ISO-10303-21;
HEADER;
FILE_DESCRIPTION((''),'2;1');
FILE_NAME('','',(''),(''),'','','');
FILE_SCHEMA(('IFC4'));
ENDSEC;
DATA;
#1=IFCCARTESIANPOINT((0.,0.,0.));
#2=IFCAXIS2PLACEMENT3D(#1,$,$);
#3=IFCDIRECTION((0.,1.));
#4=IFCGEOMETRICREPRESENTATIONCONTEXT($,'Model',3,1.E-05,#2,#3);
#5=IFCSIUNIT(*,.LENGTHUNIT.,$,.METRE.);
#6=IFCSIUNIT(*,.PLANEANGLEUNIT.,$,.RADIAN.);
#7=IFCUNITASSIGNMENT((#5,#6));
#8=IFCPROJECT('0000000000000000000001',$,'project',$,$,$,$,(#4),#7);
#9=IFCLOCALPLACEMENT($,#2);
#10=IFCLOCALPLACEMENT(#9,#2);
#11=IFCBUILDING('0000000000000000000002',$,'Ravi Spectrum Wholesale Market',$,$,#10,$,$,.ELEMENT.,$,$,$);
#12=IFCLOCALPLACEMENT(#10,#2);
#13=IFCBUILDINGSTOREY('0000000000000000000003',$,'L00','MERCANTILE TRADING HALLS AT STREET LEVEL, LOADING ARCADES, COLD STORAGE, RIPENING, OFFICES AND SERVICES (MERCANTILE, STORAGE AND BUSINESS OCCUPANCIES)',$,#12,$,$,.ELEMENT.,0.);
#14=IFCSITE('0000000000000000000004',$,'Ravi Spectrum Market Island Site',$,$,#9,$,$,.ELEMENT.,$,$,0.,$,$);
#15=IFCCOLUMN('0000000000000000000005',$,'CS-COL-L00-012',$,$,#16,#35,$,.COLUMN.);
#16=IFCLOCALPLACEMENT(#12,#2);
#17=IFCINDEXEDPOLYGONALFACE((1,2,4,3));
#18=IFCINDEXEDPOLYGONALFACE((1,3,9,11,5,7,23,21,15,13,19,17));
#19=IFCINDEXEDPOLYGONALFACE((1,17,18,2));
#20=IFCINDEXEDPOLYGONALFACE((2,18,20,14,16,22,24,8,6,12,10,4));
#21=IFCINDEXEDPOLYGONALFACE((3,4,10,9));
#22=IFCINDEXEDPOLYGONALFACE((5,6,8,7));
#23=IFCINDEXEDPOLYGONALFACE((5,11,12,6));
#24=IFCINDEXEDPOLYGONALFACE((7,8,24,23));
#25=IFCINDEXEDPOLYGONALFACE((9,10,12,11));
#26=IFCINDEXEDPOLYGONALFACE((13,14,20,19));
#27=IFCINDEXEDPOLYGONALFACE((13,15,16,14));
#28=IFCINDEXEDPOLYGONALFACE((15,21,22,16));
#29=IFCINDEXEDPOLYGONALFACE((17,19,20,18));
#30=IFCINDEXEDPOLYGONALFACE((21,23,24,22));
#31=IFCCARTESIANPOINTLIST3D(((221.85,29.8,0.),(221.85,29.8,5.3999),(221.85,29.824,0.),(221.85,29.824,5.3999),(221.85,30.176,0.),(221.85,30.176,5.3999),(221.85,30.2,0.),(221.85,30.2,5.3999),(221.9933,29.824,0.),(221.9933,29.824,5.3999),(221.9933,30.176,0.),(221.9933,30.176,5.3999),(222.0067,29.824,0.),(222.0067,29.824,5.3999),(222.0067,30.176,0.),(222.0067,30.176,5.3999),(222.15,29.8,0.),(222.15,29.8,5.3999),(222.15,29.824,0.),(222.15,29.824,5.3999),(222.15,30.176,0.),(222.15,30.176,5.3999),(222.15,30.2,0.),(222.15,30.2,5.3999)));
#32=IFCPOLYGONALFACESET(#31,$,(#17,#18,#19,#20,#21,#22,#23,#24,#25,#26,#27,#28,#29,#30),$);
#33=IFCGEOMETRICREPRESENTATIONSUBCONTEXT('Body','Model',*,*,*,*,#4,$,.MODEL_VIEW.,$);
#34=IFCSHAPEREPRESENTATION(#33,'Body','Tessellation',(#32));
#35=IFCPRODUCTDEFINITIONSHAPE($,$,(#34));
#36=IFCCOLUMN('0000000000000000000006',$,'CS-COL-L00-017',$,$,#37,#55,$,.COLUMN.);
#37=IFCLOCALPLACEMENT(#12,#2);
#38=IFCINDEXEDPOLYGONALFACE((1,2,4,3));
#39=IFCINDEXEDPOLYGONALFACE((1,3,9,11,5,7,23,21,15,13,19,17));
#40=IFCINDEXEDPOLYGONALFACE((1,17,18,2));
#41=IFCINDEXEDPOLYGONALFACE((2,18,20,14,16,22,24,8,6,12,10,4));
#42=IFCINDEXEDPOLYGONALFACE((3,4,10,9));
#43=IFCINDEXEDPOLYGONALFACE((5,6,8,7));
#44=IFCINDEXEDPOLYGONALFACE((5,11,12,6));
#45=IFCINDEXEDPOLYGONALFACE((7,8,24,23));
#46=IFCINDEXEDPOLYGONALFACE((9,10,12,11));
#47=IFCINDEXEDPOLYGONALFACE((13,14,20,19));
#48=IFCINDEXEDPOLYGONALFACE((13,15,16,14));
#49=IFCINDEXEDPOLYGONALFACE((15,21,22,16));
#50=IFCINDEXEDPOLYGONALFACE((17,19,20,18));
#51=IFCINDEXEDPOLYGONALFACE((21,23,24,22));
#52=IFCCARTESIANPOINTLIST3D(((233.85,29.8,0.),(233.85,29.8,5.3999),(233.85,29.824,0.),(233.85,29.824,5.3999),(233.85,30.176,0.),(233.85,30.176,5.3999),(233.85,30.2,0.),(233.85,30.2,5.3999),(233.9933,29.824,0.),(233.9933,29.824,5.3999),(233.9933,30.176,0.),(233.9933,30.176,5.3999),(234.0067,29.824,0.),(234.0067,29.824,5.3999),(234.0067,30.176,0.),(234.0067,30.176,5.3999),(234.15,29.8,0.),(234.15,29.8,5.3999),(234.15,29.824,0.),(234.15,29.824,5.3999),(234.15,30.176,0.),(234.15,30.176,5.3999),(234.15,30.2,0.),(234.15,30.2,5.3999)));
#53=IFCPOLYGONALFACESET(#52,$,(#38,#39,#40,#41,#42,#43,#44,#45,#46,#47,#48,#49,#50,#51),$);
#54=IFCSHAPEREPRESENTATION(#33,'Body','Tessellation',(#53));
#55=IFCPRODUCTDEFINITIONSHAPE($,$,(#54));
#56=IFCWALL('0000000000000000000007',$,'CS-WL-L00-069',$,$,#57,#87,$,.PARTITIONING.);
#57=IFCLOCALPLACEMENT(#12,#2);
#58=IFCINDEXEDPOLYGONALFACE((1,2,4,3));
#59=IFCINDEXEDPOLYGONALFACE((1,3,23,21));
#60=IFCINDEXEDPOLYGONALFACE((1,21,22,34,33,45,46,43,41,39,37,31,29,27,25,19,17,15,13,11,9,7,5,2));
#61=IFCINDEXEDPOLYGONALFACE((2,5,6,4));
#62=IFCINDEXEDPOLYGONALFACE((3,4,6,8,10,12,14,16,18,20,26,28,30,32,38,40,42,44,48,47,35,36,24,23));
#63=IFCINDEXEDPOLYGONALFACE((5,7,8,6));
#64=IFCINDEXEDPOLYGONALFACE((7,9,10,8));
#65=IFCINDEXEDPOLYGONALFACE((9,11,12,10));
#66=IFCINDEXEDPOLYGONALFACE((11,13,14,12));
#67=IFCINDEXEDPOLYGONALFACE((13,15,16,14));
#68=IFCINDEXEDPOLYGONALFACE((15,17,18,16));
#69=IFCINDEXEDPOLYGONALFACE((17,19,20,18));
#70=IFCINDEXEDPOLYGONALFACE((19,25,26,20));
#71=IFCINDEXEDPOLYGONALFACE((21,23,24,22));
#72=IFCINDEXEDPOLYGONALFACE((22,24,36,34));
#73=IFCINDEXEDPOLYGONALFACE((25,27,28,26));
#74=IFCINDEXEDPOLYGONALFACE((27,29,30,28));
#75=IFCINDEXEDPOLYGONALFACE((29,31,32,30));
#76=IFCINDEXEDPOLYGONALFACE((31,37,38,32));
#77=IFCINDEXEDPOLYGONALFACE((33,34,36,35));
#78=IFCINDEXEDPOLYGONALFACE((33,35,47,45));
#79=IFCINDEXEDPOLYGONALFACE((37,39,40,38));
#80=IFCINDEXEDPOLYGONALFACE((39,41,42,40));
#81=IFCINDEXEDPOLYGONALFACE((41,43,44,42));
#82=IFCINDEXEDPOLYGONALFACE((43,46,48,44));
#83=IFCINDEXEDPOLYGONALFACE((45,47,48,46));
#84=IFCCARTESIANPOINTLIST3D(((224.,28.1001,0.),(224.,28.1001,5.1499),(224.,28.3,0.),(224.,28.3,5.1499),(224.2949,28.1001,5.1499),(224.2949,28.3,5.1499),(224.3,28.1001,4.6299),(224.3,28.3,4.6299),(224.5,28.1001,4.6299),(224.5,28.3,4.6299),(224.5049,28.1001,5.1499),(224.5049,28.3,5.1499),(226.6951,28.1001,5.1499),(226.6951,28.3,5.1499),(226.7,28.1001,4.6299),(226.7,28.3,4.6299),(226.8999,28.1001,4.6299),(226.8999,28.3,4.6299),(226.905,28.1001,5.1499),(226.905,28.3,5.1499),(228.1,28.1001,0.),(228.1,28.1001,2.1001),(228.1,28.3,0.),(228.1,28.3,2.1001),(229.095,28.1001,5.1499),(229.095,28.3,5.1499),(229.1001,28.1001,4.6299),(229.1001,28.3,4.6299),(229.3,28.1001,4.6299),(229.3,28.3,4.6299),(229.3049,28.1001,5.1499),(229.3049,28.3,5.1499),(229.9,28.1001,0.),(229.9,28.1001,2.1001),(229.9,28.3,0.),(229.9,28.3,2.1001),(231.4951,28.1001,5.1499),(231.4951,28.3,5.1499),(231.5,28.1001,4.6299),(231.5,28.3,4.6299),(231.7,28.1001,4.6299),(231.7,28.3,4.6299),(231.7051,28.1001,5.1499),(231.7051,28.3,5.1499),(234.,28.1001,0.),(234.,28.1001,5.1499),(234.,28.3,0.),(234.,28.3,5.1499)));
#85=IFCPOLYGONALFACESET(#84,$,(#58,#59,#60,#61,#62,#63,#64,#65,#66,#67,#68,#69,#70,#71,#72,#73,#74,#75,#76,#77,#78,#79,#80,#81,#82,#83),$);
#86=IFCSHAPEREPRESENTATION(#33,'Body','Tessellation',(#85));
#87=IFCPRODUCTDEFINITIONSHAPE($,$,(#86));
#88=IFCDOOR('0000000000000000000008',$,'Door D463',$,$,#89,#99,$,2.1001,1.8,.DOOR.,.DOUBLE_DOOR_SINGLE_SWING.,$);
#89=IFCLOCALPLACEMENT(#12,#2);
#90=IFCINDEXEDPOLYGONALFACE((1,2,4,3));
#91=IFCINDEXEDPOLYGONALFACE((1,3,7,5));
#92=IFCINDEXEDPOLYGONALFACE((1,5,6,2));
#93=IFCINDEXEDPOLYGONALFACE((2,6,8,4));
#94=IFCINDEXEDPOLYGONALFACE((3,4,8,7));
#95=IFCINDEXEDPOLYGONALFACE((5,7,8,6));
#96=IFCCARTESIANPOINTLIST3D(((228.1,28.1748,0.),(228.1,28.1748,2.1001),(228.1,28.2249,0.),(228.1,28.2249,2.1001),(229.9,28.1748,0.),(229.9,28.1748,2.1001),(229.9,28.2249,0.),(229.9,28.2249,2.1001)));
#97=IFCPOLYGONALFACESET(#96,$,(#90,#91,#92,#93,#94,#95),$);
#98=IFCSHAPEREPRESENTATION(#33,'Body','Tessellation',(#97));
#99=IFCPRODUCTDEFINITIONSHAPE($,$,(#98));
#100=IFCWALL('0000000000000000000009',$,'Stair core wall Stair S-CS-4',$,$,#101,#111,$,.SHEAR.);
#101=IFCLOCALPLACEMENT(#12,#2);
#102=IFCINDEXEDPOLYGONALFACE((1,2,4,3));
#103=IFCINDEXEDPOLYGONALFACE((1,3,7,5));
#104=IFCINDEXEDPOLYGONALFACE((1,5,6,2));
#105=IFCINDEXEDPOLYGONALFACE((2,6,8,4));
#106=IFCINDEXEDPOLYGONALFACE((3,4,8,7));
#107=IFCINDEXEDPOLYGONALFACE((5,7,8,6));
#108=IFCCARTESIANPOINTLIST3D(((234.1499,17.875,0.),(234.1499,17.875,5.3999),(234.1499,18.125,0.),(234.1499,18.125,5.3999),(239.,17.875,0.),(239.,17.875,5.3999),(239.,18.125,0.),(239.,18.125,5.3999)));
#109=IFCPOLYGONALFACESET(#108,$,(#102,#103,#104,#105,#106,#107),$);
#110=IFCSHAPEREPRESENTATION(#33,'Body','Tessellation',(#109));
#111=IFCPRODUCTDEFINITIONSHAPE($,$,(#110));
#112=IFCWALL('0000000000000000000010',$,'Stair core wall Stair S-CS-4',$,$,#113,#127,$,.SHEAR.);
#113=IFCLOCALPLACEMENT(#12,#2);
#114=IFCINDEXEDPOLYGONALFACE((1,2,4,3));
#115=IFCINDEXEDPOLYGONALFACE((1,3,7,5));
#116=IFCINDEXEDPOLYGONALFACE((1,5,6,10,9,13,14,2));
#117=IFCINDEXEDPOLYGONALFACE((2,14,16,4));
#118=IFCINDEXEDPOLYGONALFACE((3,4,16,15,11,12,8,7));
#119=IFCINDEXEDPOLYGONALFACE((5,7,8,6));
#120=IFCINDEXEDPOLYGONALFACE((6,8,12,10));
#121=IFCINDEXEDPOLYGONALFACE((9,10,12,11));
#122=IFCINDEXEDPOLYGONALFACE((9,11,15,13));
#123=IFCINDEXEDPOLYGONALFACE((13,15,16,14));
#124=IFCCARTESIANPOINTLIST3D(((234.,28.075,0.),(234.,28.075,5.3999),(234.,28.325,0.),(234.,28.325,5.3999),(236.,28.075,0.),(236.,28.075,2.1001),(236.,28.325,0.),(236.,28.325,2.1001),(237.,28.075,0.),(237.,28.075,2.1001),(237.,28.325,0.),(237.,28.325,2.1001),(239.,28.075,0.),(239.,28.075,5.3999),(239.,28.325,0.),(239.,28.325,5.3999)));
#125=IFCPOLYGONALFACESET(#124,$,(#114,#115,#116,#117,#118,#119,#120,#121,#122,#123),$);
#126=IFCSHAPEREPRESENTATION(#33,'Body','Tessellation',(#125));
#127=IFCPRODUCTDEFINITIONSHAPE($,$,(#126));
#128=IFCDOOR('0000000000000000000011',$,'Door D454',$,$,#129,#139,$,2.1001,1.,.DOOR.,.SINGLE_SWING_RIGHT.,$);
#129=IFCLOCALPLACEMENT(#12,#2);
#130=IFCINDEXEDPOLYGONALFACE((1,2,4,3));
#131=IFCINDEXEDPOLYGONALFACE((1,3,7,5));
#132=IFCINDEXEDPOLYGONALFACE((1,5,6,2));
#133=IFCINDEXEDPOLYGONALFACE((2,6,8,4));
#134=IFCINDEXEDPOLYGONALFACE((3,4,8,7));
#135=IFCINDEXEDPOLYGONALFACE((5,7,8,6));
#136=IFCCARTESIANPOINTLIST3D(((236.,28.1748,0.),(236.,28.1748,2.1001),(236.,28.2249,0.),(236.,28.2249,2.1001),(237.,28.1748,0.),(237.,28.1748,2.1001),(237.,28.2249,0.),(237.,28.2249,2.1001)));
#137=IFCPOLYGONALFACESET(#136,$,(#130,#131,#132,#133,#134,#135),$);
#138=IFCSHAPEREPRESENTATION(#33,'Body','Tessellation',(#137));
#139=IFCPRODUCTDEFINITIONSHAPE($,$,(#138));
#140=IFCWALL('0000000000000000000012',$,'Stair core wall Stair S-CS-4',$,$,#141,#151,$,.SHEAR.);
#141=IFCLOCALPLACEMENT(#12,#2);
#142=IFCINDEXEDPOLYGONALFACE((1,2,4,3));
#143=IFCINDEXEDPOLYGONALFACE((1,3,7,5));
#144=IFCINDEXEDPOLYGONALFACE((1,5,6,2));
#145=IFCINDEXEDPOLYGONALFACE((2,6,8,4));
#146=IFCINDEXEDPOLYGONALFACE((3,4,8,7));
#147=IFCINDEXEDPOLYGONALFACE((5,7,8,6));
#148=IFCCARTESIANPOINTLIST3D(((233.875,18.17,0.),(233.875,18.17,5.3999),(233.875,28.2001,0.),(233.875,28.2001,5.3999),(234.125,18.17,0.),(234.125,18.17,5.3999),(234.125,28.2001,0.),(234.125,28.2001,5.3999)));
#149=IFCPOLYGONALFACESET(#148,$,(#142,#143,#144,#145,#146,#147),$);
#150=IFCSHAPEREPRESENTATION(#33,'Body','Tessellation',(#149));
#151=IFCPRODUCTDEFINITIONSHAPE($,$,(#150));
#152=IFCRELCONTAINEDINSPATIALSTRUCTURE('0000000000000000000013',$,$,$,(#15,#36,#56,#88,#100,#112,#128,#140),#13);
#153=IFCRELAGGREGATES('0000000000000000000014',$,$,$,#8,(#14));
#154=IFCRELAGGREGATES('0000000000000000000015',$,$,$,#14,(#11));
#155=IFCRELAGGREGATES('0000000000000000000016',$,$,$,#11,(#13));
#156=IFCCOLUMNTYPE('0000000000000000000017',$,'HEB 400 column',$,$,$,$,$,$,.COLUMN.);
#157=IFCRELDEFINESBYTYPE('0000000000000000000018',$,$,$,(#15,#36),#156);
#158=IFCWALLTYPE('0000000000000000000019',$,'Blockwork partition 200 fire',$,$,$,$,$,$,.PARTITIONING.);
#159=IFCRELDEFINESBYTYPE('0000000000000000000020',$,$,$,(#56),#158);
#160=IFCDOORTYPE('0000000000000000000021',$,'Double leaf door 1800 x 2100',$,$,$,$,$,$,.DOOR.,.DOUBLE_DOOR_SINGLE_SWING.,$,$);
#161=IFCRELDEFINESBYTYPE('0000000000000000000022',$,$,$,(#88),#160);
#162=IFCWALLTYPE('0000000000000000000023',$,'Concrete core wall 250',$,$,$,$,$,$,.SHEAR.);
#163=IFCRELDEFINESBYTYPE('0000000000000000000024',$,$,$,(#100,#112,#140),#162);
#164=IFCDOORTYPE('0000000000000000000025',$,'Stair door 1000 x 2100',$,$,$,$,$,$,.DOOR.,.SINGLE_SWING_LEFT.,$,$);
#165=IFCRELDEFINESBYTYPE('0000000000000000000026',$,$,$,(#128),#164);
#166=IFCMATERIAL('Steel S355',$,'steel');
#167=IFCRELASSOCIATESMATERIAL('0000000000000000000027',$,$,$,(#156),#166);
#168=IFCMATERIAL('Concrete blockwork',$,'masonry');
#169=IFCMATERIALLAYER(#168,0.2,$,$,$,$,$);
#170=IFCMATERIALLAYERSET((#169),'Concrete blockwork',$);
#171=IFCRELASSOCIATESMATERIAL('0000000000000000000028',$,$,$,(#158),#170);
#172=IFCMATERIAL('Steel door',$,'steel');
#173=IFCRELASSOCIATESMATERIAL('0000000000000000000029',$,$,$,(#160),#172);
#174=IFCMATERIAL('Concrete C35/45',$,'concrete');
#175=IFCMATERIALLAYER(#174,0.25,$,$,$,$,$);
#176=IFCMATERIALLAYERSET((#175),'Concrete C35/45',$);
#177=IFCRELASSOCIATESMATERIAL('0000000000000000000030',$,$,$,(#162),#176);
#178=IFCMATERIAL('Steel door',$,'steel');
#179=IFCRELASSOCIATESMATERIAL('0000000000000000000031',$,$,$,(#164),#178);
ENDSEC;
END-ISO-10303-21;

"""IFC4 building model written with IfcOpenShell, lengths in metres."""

from ifc_helpers import new_model, si_unit, direction, frame, frame_2d, origin, origin_2d, place, context, subcontext, project, spatial, polyline, rectangle, i_section, outline, extrude, material, layer, layer_set, material_profile, profile_set, type_object, element, fill, save


model = new_model("IFC4")

# Units and contexts
model_context = context("Model", 3, precision=1e-05, world=origin(), true_north=direction((0.0, 1.0)))
body_context = subcontext(model_context, "Body", "Model", "MODEL_VIEW")
ifc_project = project(units=[si_unit("LENGTHUNIT", "METRE"), si_unit("PLANEANGLEUNIT", "RADIAN")], contexts=[model_context])

# Site, building, storey
site_placement = place(None, origin())
site = spatial("IfcSite", under=ifc_project, at=site_placement, Name="Ravi Spectrum Market Island Site", CompositionType="ELEMENT", RefElevation=0.0)
building_placement = place(site_placement, origin())
building = spatial("IfcBuilding", under=site, at=building_placement, Name="Ravi Spectrum Wholesale Market", CompositionType="ELEMENT")
storey_placement = place(building_placement, origin())
storey = spatial("IfcBuildingStorey", under=building, at=storey_placement, Name="L00", Description="MERCANTILE TRADING HALLS AT STREET LEVEL, LOADING ARCADES, COLD STORAGE, RIPENING, OFFICES AND SERVICES (MERCANTILE, STORAGE AND BUSINESS OCCUPANCIES)", CompositionType="ELEMENT", Elevation=0.0)

# Columns
ifc_material_1 = material(Name="Steel S355", Category="steel")
ifc_material_profile_1 = material_profile(ifc_material_1, i_section(OverallWidth=0.3, OverallDepth=0.3999, WebThickness=0.0134, FlangeThickness=0.0239, at=origin_2d()))
ifc_profile_set_1 = profile_set([ifc_material_profile_1], Name="Steel S355")
column_type_1 = type_object("IfcColumnType", Name="HEB 400 column", PredefinedType="COLUMN", material=ifc_profile_set_1)
for number, where, z_axis, x_axis, name in (
    (1, (222.0, 30.0, 0.0), (0.0, 0.0, 1.0), (1.0, 0.0, 0.0), "CS-COL-L00-012"),
    (2, (234.0, 30.0, 0.0), (0.0, 0.0, 1.0), (1.0, 0.0, 0.0), "CS-COL-L00-017"),
):
    element("IfcColumn", number, at=place(storey_placement, frame(where, z_axis=z_axis, x_axis=x_axis)), inside=storey, type_object=column_type_1, Name=name, PredefinedType="COLUMN", context=body_context, shape_type="SweptSolid", body=[
        extrude(i_section(OverallWidth=0.3, OverallDepth=0.3999, WebThickness=0.0134, FlangeThickness=0.0239, at=origin_2d()), origin(), (0.0, 0.0, 1.0), 5.3999),
    ])

# Wall, opening, door
ifc_material_2 = material(Name="Concrete blockwork", Category="masonry")
ifc_layer_1 = layer(ifc_material_2, 0.2)
ifc_layer_set_1 = layer_set([ifc_layer_1], Name="Concrete blockwork")
wall_type_1 = type_object("IfcWallType", Name="Blockwork partition 200 fire", PredefinedType="PARTITIONING", material=ifc_layer_set_1)
wall_1_placement = place(storey_placement, frame((224.0, 28.2, 0.0), z_axis=(0.0, 0.0, 1.0), x_axis=(1.0, 0.0, 0.0)))
wall_1 = element("IfcWall", 3, at=wall_1_placement, inside=storey, type_object=wall_type_1, Name="CS-WL-L00-069", PredefinedType="PARTITIONING", context=body_context, shape_type="SweptSolid", body=[
    extrude(outline(polyline([(0.0, 0.0), (10.0, 0.0), (10.0, 5.1499), (7.7051, 5.1499), (7.7, 4.6299), (7.5, 4.6299), (7.4951, 5.1499), (5.3049, 5.1499), (5.3, 4.6299), (5.1001, 4.6299), (5.095, 5.1499), (2.905, 5.1499), (2.8999, 4.6299), (2.7, 4.6299), (2.6951, 5.1499), (0.5049, 5.1499), (0.5, 4.6299), (0.3, 4.6299), (0.2949, 5.1499), (0.0, 5.1499), (0.0, 0.0)])), frame((0.0, 0.1001, 0.0), z_axis=(0.0, -1.0, 0.0), x_axis=(1.0, 0.0, 0.0)), (0.0, 0.0, 1.0), 0.2),
])
opening_1_placement = place(wall_1_placement, frame((4.1001, 0.0, 0.0)))
opening_1 = element("IfcOpeningElement", 4, at=opening_1_placement, cuts=wall_1, PredefinedType="OPENING", context=body_context, shape_type="SweptSolid", body=[
    extrude(rectangle(XDim=1.8, YDim=2.1001, at=frame_2d((0.8999, 1.05))), frame((0.0, 0.1099, 0.0), z_axis=(0.0, -1.0, 0.0), x_axis=(1.0, 0.0, 0.0)), (0.0, 0.0, 1.0), 0.22),
])
ifc_material_3 = material(Name="Steel door", Category="steel")
door_type_1 = type_object("IfcDoorType", Name="Double leaf door 1800 x 2100", OperationType="DOUBLE_DOOR_SINGLE_SWING", PredefinedType="DOOR", material=ifc_material_3)
door_1_placement = place(opening_1_placement, origin())
door_1 = element("IfcDoor", 5, at=door_1_placement, inside=storey, type_object=door_type_1, Name="Door D463", OperationType="DOUBLE_DOOR_SINGLE_SWING", OverallHeight=2.1001, OverallWidth=1.8, PredefinedType="DOOR", context=body_context, shape_type="SweptSolid", body=[
    extrude(rectangle(XDim=1.8, YDim=2.1001, at=frame_2d((0.8999, 1.05))), frame((0.0, 0.0249, 0.0), z_axis=(0.0, -1.0, 0.0), x_axis=(1.0, 0.0, 0.0)), (0.0, 0.0, 1.0), 0.05),
])
fill(opening_1, door_1)

# Wall
ifc_material_4 = material(Name="Concrete C35/45", Category="concrete")
ifc_layer_2 = layer(ifc_material_4, 0.25)
ifc_layer_set_2 = layer_set([ifc_layer_2], Name="Concrete C35/45")
wall_type_2 = type_object("IfcWallType", Name="Concrete core wall 250", PredefinedType="SHEAR", material=ifc_layer_set_2)
wall_2_placement = place(storey_placement, frame((234.1499, 18.0, 0.0), z_axis=(0.0, 0.0, 1.0), x_axis=(1.0, 0.0, 0.0)))
element("IfcWall", 6, at=wall_2_placement, inside=storey, type_object=wall_type_2, Name="Stair core wall Stair S-CS-4", PredefinedType="SHEAR", context=body_context, shape_type="SweptSolid", body=[
    extrude(rectangle(XDim=4.8501, YDim=0.25, at=frame_2d((2.425, 0.0))), origin(), (0.0, 0.0, 1.0), 5.3999),
])

# Wall, opening, door
wall_3_placement = place(storey_placement, frame((234.0, 28.2, 0.0), z_axis=(0.0, 0.0, 1.0), x_axis=(1.0, 0.0, 0.0)))
wall_3 = element("IfcWall", 7, at=wall_3_placement, inside=storey, type_object=wall_type_2, Name="Stair core wall Stair S-CS-4", PredefinedType="SHEAR", context=body_context, shape_type="SweptSolid", body=[
    extrude(rectangle(XDim=5.0, YDim=0.25, at=frame_2d((2.5, 0.0))), origin(), (0.0, 0.0, 1.0), 5.3999),
])
opening_2_placement = place(wall_3_placement, frame((2.0, 0.0, 0.0)))
opening_2 = element("IfcOpeningElement", 8, at=opening_2_placement, cuts=wall_3, PredefinedType="OPENING", context=body_context, shape_type="SweptSolid", body=[
    extrude(rectangle(XDim=1.0, YDim=2.1001, at=frame_2d((0.5, 1.05))), frame((0.0, 0.135, 0.0), z_axis=(0.0, -1.0, 0.0), x_axis=(1.0, 0.0, 0.0)), (0.0, 0.0, 1.0), 0.27),
])
ifc_material_5 = material(Name="Steel door", Category="steel")
door_type_2 = type_object("IfcDoorType", Name="Stair door 1000 x 2100", OperationType="SINGLE_SWING_LEFT", PredefinedType="DOOR", material=ifc_material_5)
door_2_placement = place(opening_2_placement, origin())
door_2 = element("IfcDoor", 9, at=door_2_placement, inside=storey, type_object=door_type_2, Name="Door D454", OperationType="SINGLE_SWING_RIGHT", OverallHeight=2.1001, OverallWidth=1.0, PredefinedType="DOOR", context=body_context, shape_type="SweptSolid", body=[
    extrude(rectangle(XDim=1.0, YDim=2.1001, at=frame_2d((0.5, 1.05))), frame((0.0, 0.0249, 0.0), z_axis=(0.0, -1.0, 0.0), x_axis=(1.0, 0.0, 0.0)), (0.0, 0.0, 1.0), 0.05),
])
fill(opening_2, door_2)

# Wall
wall_4_placement = place(storey_placement, frame((234.0, 18.1699, 0.0), z_axis=(0.0, 0.0, 1.0), x_axis=(0.0, 1.0, 0.0)))
element("IfcWall", 10, at=wall_4_placement, inside=storey, type_object=wall_type_2, Name="Stair core wall Stair S-CS-4", PredefinedType="SHEAR", context=body_context, shape_type="SweptSolid", body=[
    extrude(rectangle(XDim=10.03, YDim=0.25, at=frame_2d((5.0151, 0.0))), origin(), (0.0, 0.0, 1.0), 5.3999),
])

save(model, "model.ifc")
